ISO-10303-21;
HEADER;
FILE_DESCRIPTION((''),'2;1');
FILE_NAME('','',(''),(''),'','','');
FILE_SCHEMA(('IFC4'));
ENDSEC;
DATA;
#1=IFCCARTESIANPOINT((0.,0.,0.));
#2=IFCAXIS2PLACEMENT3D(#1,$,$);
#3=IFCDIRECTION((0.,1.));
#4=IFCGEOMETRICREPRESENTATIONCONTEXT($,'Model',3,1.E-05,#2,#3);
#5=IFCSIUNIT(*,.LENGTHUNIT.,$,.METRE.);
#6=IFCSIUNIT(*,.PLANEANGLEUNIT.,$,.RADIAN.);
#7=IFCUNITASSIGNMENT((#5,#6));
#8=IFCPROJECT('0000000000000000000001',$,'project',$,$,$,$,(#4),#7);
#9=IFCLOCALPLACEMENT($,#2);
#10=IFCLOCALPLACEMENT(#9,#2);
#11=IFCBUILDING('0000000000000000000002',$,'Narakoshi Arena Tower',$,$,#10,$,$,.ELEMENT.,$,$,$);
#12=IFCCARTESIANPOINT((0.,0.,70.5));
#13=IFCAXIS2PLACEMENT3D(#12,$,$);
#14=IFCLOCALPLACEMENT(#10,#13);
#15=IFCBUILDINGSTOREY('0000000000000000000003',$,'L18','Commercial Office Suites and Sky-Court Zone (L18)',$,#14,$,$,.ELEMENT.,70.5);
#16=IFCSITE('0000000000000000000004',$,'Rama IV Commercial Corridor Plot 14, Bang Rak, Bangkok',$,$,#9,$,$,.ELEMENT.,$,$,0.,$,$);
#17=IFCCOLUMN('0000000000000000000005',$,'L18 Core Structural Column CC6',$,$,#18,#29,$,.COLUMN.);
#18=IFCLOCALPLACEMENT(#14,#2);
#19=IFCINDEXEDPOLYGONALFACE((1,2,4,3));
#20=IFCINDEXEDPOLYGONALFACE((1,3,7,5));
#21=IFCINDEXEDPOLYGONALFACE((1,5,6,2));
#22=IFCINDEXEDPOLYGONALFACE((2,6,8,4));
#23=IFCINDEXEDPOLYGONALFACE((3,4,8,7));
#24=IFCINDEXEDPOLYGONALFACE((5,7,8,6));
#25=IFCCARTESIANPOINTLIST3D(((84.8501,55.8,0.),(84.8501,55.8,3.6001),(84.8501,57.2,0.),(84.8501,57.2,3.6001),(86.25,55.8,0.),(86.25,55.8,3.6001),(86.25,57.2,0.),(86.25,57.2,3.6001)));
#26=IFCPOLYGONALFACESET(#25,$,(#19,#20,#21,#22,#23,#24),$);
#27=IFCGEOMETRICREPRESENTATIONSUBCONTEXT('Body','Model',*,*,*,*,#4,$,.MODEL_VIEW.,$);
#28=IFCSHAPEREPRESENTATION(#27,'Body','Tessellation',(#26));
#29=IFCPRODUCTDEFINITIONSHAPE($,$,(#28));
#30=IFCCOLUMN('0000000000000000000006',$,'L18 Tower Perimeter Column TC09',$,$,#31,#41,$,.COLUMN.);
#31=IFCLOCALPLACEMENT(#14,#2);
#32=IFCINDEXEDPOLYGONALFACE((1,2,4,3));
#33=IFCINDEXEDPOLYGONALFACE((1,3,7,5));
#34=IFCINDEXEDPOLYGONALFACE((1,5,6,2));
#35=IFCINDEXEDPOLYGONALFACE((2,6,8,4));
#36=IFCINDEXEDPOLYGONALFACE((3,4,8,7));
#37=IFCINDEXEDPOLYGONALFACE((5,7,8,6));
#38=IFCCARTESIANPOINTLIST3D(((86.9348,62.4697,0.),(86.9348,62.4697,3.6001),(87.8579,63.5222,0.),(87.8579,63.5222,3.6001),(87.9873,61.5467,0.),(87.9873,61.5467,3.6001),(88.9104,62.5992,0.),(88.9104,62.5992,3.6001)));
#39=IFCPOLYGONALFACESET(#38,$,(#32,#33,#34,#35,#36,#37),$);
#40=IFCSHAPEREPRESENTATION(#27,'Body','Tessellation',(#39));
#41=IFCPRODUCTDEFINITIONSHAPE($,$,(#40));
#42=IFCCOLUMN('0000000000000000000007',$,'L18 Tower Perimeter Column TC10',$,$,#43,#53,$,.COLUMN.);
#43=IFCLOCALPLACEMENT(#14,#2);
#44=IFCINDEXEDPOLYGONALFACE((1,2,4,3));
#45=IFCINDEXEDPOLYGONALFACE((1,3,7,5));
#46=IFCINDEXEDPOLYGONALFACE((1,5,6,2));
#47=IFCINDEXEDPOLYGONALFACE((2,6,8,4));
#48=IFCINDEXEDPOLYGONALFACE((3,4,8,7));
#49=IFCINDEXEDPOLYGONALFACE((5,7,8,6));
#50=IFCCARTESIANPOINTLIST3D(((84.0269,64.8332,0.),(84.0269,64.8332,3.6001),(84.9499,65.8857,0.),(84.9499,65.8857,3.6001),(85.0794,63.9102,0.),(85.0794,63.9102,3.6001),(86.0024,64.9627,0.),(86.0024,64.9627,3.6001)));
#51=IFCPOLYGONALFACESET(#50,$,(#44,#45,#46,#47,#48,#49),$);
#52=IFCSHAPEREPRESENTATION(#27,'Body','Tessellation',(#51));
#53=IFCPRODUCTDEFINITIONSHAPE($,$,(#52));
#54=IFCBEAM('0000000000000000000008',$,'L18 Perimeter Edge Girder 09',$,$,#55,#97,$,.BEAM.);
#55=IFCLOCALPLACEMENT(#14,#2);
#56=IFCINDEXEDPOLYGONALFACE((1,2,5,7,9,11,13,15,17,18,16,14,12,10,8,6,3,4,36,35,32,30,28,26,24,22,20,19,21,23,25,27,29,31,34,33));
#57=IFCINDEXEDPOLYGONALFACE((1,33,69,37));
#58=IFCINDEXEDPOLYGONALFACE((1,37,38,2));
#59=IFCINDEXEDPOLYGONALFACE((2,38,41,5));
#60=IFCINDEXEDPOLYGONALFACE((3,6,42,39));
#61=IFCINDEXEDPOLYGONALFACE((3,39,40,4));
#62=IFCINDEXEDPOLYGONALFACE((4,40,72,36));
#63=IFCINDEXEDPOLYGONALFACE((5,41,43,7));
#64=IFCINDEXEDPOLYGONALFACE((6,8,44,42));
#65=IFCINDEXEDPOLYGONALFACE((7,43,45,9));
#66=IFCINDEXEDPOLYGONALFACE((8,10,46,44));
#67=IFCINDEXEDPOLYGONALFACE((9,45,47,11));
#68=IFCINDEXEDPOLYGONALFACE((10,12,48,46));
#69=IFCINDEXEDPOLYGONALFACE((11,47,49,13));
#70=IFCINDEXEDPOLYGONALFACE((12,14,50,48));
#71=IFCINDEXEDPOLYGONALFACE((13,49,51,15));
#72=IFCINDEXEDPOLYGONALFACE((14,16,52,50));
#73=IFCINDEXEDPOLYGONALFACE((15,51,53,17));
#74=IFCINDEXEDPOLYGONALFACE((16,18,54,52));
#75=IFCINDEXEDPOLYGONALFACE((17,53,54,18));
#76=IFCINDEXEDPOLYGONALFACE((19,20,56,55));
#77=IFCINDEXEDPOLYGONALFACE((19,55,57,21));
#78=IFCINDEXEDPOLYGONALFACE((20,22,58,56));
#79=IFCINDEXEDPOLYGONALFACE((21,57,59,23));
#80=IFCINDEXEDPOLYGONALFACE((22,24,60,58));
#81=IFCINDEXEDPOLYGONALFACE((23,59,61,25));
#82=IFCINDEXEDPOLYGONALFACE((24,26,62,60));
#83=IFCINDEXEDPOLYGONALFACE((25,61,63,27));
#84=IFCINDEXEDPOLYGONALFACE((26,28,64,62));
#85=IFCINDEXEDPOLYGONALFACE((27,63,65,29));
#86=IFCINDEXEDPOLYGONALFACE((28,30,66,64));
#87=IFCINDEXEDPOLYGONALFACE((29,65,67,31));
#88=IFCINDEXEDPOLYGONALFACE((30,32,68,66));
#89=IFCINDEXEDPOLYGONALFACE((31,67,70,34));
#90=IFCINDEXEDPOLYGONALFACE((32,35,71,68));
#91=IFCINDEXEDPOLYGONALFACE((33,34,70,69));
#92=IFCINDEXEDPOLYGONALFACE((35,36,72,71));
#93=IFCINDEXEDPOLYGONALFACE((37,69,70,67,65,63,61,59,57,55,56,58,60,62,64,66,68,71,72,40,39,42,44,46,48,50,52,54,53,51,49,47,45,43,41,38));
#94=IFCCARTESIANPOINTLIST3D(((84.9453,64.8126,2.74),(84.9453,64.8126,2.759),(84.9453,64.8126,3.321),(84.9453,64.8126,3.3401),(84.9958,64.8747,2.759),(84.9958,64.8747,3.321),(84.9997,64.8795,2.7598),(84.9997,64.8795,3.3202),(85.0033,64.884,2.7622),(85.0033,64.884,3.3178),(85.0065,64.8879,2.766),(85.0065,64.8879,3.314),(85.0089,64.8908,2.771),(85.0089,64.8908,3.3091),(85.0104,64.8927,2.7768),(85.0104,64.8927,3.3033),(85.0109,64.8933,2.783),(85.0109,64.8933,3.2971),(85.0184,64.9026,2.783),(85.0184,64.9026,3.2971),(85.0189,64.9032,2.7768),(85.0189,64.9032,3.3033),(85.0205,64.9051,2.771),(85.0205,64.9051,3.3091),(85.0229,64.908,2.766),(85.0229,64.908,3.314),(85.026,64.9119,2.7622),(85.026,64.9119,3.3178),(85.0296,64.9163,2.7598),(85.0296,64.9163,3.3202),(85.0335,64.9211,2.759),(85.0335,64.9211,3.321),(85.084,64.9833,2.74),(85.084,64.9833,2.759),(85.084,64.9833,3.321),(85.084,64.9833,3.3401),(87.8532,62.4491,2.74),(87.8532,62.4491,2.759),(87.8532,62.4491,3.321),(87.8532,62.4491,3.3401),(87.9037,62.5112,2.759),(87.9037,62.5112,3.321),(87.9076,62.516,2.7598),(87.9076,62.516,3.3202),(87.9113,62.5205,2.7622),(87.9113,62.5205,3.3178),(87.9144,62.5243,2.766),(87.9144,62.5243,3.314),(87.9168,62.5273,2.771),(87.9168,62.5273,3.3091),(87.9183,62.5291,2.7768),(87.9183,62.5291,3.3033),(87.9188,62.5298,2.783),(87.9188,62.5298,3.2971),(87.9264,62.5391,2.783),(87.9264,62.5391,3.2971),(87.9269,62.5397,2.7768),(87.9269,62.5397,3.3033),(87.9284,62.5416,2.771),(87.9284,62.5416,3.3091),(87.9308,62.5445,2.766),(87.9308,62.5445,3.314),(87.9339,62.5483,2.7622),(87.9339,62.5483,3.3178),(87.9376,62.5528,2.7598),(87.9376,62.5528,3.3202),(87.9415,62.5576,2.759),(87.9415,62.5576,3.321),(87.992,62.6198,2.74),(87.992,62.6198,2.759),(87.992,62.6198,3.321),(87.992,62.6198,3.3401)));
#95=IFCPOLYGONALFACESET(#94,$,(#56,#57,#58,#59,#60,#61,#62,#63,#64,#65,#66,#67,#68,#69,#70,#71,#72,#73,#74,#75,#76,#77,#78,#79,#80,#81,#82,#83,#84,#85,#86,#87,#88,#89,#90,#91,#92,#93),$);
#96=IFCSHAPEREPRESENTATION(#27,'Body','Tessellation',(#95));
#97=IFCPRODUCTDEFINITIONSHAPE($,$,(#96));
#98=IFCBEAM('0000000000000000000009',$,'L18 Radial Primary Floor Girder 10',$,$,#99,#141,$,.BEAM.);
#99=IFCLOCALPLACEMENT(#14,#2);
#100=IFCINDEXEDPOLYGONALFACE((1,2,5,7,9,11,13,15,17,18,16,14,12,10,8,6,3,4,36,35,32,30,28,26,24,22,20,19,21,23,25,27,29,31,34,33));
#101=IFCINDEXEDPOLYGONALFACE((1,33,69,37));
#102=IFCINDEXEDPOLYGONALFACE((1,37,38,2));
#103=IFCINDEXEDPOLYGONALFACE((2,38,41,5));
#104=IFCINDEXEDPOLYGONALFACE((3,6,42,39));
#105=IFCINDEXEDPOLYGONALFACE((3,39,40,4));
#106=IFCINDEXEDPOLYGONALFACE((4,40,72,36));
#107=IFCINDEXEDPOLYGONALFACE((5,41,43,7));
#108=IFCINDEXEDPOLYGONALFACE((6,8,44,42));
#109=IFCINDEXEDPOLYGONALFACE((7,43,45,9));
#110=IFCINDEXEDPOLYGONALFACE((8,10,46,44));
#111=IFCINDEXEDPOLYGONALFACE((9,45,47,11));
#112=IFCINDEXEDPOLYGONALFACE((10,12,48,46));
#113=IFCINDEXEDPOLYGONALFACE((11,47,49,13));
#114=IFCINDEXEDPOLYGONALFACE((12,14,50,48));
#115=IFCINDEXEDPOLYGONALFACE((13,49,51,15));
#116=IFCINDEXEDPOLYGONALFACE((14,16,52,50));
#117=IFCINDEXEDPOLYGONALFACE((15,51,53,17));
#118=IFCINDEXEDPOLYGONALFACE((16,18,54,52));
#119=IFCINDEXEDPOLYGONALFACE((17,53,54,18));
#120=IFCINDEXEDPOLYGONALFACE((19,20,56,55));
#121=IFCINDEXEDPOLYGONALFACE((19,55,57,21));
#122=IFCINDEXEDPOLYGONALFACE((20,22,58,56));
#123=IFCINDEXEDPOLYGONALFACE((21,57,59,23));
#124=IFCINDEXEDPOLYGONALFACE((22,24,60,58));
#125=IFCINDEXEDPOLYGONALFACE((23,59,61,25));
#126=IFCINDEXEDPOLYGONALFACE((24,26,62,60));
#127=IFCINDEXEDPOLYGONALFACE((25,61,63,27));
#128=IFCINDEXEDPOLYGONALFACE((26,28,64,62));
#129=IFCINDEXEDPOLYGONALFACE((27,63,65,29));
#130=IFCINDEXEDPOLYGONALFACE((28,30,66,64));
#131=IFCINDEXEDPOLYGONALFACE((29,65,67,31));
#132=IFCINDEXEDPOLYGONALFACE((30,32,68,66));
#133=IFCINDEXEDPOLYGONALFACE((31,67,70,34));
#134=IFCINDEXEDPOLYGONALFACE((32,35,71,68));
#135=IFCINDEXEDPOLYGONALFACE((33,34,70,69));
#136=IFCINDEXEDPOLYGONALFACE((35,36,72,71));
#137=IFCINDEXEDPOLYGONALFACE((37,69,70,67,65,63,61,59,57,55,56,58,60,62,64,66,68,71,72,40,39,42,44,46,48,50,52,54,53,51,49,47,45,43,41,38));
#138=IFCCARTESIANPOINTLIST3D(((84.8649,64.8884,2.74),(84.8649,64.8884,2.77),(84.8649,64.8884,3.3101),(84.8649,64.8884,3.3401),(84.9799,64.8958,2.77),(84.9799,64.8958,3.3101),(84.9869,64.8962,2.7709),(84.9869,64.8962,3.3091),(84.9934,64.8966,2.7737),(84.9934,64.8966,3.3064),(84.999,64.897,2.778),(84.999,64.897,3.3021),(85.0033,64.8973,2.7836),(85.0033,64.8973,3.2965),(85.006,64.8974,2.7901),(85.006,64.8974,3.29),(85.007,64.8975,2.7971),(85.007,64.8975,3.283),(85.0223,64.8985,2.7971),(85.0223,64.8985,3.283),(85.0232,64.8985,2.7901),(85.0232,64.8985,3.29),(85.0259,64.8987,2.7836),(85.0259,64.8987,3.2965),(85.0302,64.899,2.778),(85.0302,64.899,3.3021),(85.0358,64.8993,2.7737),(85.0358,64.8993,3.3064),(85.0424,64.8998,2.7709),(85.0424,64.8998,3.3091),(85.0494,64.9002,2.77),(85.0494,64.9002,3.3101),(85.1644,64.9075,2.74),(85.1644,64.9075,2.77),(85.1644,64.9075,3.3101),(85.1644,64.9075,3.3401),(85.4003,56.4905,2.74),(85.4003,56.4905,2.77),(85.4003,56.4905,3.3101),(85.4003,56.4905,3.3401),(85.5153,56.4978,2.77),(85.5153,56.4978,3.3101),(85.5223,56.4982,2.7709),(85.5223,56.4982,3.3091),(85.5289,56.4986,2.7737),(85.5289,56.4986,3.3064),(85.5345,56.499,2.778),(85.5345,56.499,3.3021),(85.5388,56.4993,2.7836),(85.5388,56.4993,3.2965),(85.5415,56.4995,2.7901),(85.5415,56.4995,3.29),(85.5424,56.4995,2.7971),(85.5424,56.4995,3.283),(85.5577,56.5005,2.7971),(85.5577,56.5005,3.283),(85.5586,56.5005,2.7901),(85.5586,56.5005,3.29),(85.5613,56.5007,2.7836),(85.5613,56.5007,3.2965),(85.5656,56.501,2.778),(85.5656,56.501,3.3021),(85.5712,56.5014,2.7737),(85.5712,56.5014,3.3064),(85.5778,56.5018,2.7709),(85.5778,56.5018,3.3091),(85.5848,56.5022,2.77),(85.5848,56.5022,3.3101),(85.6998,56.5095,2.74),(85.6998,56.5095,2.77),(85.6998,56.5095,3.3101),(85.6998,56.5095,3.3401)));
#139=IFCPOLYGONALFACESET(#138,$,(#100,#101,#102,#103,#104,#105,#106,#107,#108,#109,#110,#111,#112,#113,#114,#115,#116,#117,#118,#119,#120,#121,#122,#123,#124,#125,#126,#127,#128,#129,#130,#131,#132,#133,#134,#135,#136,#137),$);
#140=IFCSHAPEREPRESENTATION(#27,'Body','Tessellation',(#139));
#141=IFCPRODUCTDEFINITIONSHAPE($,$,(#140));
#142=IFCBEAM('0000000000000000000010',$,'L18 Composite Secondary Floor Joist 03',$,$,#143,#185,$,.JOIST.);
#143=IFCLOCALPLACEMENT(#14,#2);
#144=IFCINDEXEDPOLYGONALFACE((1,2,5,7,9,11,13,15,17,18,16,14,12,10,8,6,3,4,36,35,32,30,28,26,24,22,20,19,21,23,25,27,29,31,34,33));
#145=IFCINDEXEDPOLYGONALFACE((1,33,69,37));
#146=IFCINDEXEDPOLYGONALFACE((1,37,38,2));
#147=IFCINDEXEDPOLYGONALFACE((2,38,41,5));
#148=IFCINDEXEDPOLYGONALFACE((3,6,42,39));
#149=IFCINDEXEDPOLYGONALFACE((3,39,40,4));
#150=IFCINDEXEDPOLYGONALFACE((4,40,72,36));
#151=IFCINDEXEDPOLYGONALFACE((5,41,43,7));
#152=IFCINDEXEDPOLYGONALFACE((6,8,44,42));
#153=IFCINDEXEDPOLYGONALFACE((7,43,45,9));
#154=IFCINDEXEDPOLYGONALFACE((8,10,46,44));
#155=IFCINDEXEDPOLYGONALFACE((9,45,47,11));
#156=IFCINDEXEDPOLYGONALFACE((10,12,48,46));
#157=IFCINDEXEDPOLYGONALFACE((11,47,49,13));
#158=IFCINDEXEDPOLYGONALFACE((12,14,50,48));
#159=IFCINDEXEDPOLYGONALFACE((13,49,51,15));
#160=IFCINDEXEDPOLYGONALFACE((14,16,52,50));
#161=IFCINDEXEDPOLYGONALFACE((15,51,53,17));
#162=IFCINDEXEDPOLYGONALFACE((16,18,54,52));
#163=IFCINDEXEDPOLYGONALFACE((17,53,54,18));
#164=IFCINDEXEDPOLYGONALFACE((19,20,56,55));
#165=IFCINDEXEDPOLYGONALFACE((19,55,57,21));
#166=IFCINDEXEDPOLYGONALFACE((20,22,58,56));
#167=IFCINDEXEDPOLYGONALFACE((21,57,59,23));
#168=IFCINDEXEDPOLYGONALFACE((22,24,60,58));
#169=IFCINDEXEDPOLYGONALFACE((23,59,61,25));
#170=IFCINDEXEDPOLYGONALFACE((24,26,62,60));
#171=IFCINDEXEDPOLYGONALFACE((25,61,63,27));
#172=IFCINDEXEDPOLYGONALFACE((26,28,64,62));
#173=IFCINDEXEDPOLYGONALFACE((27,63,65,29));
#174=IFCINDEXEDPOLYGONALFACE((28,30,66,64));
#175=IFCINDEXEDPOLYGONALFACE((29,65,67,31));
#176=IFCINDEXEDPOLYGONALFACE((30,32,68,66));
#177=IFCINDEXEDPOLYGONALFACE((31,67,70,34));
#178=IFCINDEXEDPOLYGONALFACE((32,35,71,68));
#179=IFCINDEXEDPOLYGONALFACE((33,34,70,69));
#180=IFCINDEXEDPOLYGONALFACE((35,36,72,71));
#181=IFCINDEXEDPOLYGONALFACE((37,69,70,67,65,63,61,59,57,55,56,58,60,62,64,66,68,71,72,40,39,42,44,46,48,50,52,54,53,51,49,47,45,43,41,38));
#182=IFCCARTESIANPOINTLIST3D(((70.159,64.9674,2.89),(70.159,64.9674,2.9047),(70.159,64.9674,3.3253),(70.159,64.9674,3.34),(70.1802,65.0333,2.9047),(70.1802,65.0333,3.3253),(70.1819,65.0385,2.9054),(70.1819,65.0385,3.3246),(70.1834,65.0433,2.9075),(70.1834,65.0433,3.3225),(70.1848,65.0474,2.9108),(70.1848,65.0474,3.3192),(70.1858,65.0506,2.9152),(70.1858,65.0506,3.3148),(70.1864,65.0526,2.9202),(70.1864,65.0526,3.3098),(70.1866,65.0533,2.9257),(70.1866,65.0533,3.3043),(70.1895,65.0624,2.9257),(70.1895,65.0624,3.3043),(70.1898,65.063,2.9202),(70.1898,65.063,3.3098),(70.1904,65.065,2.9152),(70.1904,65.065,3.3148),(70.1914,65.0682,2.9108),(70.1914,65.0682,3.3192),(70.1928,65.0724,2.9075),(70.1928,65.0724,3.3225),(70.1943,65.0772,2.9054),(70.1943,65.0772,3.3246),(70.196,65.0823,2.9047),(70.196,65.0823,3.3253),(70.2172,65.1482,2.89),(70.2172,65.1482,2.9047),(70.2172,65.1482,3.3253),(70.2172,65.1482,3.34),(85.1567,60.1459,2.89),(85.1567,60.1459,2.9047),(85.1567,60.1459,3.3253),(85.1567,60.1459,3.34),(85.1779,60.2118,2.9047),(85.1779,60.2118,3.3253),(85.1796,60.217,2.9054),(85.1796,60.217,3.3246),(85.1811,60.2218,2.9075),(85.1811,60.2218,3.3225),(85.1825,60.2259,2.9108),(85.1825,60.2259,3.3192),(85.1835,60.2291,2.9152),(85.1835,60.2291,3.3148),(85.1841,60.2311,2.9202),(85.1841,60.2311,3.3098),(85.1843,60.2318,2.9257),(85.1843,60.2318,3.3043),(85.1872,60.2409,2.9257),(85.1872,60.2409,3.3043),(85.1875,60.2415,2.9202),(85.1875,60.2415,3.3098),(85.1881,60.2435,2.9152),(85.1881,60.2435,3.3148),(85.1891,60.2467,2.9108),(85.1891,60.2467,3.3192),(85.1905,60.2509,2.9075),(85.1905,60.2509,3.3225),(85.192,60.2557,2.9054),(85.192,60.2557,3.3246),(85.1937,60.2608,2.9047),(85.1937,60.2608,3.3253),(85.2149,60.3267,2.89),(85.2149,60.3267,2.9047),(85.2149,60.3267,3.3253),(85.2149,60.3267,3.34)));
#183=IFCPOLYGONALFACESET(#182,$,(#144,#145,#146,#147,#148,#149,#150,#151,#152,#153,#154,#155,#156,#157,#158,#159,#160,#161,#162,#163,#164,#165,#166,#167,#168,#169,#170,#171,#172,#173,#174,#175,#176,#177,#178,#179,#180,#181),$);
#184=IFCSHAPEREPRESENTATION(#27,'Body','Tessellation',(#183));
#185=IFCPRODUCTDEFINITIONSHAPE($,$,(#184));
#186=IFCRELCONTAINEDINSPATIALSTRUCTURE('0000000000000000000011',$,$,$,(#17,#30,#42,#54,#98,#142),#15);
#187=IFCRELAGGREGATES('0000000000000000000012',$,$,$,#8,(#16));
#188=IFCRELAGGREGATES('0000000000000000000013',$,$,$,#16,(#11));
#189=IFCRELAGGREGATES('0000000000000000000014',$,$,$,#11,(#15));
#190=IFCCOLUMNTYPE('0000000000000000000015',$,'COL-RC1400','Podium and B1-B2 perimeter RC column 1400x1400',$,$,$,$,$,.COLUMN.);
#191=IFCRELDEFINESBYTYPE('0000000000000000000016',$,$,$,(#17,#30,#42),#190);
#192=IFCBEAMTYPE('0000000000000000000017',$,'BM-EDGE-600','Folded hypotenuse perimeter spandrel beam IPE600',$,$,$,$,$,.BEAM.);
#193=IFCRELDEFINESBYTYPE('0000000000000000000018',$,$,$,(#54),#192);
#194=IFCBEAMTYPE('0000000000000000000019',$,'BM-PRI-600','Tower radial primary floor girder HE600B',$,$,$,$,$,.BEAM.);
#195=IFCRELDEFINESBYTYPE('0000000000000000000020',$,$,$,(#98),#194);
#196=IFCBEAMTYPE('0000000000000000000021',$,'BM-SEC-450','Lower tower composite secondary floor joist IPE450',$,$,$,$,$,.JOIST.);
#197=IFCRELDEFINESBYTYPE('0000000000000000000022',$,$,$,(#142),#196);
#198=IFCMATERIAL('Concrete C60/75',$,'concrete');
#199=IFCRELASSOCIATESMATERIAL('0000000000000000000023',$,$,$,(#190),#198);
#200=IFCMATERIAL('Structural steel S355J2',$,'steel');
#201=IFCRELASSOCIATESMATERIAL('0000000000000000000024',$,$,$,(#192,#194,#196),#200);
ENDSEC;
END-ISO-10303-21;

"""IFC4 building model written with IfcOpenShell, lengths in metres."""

from ifc_helpers import new_model, si_unit, direction, frame, origin, origin_2d, place, context, subcontext, project, spatial, rectangle, i_section, extrude, material, material_profile, profile_set, type_object, element, save


model = new_model("IFC4")

# Units and contexts
model_context = context("Model", 3, precision=1e-05, world=origin(), true_north=direction((0.0, 1.0)))
body_context = subcontext(model_context, "Body", "Model", "MODEL_VIEW")
ifc_project = project(units=[si_unit("LENGTHUNIT", "METRE"), si_unit("PLANEANGLEUNIT", "RADIAN")], contexts=[model_context])

# Site, building, storey
site_placement = place(None, origin())
site = spatial("IfcSite", under=ifc_project, at=site_placement, Name="Rama IV Commercial Corridor Plot 14, Bang Rak, Bangkok", CompositionType="ELEMENT", RefElevation=0.0)
building_placement = place(site_placement, origin())
building = spatial("IfcBuilding", under=site, at=building_placement, Name="Narakoshi Arena Tower", CompositionType="ELEMENT")
storey_placement = place(building_placement, frame((0.0, 0.0, 70.5)))
storey = spatial("IfcBuildingStorey", under=building, at=storey_placement, Name="L18", Description="Commercial Office Suites and Sky-Court Zone (L18)", CompositionType="ELEMENT", Elevation=70.5)

# Columns
ifc_material_1 = material(Name="Concrete C60/75", Category="concrete")
ifc_material_profile_1 = material_profile(ifc_material_1, rectangle(XDim=1.3999, YDim=1.3999, at=origin_2d()), Name="RC1400x1400")
ifc_profile_set_1 = profile_set([ifc_material_profile_1], Name="Concrete C60/75")
column_type = type_object("IfcColumnType", Name="COL-RC1400", Description="Podium and B1-B2 perimeter RC column 1400x1400", PredefinedType="COLUMN", material=ifc_profile_set_1)
for number, where, z_axis, x_axis, name in (
    (1, (85.55, 56.5, 0.0), (0.0, 0.0, 1.0), (1.0, 0.0, 0.0), "L18 Core Structural Column CC6"),
    (2, (87.9226, 62.5344, 0.0), (0.0, 0.0, 1.0), (0.659346, 0.75184, 0.0), "L18 Tower Perimeter Column TC09"),
    (3, (85.0146, 64.8979, 0.0), (0.0, 0.0, 1.0), (0.659346, 0.75184, 0.0), "L18 Tower Perimeter Column TC10"),
):
    element("IfcColumn", number, at=place(storey_placement, frame(where, z_axis=z_axis, x_axis=x_axis)), inside=storey, type_object=column_type, Name=name, PredefinedType="COLUMN", context=body_context, shape_type="SweptSolid", body=[
        extrude(rectangle(XDim=1.3999, YDim=1.3999, at=origin_2d()), origin(), (0.0, 0.0, 1.0), 3.6001),
    ])

# Beams
ifc_material_2 = material(Name="Structural steel S355J2", Category="steel")
ifc_material_profile_2 = material_profile(ifc_material_2, i_section(OverallWidth=0.22, OverallDepth=0.6001, WebThickness=0.012, FlangeThickness=0.019, FilletRadius=0.0239, at=origin_2d()), Name="IPE600")
ifc_profile_set_2 = profile_set([ifc_material_profile_2], Name="Structural steel S355J2")
beam_type_1 = type_object("IfcBeamType", Name="BM-EDGE-600", Description="Folded hypotenuse perimeter spandrel beam IPE600", PredefinedType="BEAM", material=ifc_profile_set_2)
beam_1_placement = place(storey_placement, frame((87.9226, 62.5344, 3.04), z_axis=(-0.776008, 0.630723, 0.0), x_axis=(-0.630723, -0.776008, 0.0)))
element("IfcBeam", 4, at=beam_1_placement, inside=storey, type_object=beam_type_1, Name="L18 Perimeter Edge Girder 09", PredefinedType="BEAM", context=body_context, shape_type="SweptSolid", body=[
    extrude(i_section(OverallWidth=0.22, OverallDepth=0.6001, WebThickness=0.012, FlangeThickness=0.019, FilletRadius=0.0239, at=origin_2d()), origin(), (0.0, 0.0, 1.0), 3.7473),
])
ifc_material_profile_3 = material_profile(ifc_material_2, i_section(OverallWidth=0.3, OverallDepth=0.6001, WebThickness=0.0154, FlangeThickness=0.03, FilletRadius=0.0271, at=origin_2d()), Name="HE600B")
ifc_profile_set_3 = profile_set([ifc_material_profile_3], Name="Structural steel S355J2")
beam_type_2 = type_object("IfcBeamType", Name="BM-PRI-600", Description="Tower radial primary floor girder HE600B", PredefinedType="BEAM", material=ifc_profile_set_3)
beam_2_placement = place(storey_placement, frame((85.55, 56.5, 3.04), z_axis=(-0.063625, 0.997974, 0.0), x_axis=(-0.997974, -0.063625, 0.0)))
element("IfcBeam", 5, at=beam_2_placement, inside=storey, type_object=beam_type_2, Name="L18 Radial Primary Floor Girder 10", PredefinedType="BEAM", context=body_context, shape_type="SweptSolid", body=[
    extrude(i_section(OverallWidth=0.3, OverallDepth=0.6001, WebThickness=0.0154, FlangeThickness=0.03, FilletRadius=0.0271, at=origin_2d()), origin(), (0.0, 0.0, 1.0), 8.415),
])
ifc_material_profile_4 = material_profile(ifc_material_2, i_section(OverallWidth=0.1899, OverallDepth=0.45, WebThickness=0.0095, FlangeThickness=0.0146, FilletRadius=0.021, at=origin_2d()), Name="IPE450")
ifc_profile_set_4 = profile_set([ifc_material_profile_4], Name="Structural steel S355J2")
beam_type_3 = type_object("IfcBeamType", Name="BM-SEC-450", Description="Lower tower composite secondary floor joist IPE450", PredefinedType="JOIST", material=ifc_profile_set_4)
beam_3_placement = place(storey_placement, frame((85.1858, 60.2363, 3.115), z_axis=(-0.952014, 0.306056, 0.0), x_axis=(-0.306056, -0.952014, 0.0)))
element("IfcBeam", 6, at=beam_3_placement, inside=storey, type_object=beam_type_3, Name="L18 Composite Secondary Floor Joist 03", PredefinedType="JOIST", context=body_context, shape_type="SweptSolid", body=[
    extrude(i_section(OverallWidth=0.1899, OverallDepth=0.45, WebThickness=0.0095, FlangeThickness=0.0146, FilletRadius=0.021, at=origin_2d()), origin(), (0.0, 0.0, 1.0), 15.7537),
])

save(model, "model.ifc")
